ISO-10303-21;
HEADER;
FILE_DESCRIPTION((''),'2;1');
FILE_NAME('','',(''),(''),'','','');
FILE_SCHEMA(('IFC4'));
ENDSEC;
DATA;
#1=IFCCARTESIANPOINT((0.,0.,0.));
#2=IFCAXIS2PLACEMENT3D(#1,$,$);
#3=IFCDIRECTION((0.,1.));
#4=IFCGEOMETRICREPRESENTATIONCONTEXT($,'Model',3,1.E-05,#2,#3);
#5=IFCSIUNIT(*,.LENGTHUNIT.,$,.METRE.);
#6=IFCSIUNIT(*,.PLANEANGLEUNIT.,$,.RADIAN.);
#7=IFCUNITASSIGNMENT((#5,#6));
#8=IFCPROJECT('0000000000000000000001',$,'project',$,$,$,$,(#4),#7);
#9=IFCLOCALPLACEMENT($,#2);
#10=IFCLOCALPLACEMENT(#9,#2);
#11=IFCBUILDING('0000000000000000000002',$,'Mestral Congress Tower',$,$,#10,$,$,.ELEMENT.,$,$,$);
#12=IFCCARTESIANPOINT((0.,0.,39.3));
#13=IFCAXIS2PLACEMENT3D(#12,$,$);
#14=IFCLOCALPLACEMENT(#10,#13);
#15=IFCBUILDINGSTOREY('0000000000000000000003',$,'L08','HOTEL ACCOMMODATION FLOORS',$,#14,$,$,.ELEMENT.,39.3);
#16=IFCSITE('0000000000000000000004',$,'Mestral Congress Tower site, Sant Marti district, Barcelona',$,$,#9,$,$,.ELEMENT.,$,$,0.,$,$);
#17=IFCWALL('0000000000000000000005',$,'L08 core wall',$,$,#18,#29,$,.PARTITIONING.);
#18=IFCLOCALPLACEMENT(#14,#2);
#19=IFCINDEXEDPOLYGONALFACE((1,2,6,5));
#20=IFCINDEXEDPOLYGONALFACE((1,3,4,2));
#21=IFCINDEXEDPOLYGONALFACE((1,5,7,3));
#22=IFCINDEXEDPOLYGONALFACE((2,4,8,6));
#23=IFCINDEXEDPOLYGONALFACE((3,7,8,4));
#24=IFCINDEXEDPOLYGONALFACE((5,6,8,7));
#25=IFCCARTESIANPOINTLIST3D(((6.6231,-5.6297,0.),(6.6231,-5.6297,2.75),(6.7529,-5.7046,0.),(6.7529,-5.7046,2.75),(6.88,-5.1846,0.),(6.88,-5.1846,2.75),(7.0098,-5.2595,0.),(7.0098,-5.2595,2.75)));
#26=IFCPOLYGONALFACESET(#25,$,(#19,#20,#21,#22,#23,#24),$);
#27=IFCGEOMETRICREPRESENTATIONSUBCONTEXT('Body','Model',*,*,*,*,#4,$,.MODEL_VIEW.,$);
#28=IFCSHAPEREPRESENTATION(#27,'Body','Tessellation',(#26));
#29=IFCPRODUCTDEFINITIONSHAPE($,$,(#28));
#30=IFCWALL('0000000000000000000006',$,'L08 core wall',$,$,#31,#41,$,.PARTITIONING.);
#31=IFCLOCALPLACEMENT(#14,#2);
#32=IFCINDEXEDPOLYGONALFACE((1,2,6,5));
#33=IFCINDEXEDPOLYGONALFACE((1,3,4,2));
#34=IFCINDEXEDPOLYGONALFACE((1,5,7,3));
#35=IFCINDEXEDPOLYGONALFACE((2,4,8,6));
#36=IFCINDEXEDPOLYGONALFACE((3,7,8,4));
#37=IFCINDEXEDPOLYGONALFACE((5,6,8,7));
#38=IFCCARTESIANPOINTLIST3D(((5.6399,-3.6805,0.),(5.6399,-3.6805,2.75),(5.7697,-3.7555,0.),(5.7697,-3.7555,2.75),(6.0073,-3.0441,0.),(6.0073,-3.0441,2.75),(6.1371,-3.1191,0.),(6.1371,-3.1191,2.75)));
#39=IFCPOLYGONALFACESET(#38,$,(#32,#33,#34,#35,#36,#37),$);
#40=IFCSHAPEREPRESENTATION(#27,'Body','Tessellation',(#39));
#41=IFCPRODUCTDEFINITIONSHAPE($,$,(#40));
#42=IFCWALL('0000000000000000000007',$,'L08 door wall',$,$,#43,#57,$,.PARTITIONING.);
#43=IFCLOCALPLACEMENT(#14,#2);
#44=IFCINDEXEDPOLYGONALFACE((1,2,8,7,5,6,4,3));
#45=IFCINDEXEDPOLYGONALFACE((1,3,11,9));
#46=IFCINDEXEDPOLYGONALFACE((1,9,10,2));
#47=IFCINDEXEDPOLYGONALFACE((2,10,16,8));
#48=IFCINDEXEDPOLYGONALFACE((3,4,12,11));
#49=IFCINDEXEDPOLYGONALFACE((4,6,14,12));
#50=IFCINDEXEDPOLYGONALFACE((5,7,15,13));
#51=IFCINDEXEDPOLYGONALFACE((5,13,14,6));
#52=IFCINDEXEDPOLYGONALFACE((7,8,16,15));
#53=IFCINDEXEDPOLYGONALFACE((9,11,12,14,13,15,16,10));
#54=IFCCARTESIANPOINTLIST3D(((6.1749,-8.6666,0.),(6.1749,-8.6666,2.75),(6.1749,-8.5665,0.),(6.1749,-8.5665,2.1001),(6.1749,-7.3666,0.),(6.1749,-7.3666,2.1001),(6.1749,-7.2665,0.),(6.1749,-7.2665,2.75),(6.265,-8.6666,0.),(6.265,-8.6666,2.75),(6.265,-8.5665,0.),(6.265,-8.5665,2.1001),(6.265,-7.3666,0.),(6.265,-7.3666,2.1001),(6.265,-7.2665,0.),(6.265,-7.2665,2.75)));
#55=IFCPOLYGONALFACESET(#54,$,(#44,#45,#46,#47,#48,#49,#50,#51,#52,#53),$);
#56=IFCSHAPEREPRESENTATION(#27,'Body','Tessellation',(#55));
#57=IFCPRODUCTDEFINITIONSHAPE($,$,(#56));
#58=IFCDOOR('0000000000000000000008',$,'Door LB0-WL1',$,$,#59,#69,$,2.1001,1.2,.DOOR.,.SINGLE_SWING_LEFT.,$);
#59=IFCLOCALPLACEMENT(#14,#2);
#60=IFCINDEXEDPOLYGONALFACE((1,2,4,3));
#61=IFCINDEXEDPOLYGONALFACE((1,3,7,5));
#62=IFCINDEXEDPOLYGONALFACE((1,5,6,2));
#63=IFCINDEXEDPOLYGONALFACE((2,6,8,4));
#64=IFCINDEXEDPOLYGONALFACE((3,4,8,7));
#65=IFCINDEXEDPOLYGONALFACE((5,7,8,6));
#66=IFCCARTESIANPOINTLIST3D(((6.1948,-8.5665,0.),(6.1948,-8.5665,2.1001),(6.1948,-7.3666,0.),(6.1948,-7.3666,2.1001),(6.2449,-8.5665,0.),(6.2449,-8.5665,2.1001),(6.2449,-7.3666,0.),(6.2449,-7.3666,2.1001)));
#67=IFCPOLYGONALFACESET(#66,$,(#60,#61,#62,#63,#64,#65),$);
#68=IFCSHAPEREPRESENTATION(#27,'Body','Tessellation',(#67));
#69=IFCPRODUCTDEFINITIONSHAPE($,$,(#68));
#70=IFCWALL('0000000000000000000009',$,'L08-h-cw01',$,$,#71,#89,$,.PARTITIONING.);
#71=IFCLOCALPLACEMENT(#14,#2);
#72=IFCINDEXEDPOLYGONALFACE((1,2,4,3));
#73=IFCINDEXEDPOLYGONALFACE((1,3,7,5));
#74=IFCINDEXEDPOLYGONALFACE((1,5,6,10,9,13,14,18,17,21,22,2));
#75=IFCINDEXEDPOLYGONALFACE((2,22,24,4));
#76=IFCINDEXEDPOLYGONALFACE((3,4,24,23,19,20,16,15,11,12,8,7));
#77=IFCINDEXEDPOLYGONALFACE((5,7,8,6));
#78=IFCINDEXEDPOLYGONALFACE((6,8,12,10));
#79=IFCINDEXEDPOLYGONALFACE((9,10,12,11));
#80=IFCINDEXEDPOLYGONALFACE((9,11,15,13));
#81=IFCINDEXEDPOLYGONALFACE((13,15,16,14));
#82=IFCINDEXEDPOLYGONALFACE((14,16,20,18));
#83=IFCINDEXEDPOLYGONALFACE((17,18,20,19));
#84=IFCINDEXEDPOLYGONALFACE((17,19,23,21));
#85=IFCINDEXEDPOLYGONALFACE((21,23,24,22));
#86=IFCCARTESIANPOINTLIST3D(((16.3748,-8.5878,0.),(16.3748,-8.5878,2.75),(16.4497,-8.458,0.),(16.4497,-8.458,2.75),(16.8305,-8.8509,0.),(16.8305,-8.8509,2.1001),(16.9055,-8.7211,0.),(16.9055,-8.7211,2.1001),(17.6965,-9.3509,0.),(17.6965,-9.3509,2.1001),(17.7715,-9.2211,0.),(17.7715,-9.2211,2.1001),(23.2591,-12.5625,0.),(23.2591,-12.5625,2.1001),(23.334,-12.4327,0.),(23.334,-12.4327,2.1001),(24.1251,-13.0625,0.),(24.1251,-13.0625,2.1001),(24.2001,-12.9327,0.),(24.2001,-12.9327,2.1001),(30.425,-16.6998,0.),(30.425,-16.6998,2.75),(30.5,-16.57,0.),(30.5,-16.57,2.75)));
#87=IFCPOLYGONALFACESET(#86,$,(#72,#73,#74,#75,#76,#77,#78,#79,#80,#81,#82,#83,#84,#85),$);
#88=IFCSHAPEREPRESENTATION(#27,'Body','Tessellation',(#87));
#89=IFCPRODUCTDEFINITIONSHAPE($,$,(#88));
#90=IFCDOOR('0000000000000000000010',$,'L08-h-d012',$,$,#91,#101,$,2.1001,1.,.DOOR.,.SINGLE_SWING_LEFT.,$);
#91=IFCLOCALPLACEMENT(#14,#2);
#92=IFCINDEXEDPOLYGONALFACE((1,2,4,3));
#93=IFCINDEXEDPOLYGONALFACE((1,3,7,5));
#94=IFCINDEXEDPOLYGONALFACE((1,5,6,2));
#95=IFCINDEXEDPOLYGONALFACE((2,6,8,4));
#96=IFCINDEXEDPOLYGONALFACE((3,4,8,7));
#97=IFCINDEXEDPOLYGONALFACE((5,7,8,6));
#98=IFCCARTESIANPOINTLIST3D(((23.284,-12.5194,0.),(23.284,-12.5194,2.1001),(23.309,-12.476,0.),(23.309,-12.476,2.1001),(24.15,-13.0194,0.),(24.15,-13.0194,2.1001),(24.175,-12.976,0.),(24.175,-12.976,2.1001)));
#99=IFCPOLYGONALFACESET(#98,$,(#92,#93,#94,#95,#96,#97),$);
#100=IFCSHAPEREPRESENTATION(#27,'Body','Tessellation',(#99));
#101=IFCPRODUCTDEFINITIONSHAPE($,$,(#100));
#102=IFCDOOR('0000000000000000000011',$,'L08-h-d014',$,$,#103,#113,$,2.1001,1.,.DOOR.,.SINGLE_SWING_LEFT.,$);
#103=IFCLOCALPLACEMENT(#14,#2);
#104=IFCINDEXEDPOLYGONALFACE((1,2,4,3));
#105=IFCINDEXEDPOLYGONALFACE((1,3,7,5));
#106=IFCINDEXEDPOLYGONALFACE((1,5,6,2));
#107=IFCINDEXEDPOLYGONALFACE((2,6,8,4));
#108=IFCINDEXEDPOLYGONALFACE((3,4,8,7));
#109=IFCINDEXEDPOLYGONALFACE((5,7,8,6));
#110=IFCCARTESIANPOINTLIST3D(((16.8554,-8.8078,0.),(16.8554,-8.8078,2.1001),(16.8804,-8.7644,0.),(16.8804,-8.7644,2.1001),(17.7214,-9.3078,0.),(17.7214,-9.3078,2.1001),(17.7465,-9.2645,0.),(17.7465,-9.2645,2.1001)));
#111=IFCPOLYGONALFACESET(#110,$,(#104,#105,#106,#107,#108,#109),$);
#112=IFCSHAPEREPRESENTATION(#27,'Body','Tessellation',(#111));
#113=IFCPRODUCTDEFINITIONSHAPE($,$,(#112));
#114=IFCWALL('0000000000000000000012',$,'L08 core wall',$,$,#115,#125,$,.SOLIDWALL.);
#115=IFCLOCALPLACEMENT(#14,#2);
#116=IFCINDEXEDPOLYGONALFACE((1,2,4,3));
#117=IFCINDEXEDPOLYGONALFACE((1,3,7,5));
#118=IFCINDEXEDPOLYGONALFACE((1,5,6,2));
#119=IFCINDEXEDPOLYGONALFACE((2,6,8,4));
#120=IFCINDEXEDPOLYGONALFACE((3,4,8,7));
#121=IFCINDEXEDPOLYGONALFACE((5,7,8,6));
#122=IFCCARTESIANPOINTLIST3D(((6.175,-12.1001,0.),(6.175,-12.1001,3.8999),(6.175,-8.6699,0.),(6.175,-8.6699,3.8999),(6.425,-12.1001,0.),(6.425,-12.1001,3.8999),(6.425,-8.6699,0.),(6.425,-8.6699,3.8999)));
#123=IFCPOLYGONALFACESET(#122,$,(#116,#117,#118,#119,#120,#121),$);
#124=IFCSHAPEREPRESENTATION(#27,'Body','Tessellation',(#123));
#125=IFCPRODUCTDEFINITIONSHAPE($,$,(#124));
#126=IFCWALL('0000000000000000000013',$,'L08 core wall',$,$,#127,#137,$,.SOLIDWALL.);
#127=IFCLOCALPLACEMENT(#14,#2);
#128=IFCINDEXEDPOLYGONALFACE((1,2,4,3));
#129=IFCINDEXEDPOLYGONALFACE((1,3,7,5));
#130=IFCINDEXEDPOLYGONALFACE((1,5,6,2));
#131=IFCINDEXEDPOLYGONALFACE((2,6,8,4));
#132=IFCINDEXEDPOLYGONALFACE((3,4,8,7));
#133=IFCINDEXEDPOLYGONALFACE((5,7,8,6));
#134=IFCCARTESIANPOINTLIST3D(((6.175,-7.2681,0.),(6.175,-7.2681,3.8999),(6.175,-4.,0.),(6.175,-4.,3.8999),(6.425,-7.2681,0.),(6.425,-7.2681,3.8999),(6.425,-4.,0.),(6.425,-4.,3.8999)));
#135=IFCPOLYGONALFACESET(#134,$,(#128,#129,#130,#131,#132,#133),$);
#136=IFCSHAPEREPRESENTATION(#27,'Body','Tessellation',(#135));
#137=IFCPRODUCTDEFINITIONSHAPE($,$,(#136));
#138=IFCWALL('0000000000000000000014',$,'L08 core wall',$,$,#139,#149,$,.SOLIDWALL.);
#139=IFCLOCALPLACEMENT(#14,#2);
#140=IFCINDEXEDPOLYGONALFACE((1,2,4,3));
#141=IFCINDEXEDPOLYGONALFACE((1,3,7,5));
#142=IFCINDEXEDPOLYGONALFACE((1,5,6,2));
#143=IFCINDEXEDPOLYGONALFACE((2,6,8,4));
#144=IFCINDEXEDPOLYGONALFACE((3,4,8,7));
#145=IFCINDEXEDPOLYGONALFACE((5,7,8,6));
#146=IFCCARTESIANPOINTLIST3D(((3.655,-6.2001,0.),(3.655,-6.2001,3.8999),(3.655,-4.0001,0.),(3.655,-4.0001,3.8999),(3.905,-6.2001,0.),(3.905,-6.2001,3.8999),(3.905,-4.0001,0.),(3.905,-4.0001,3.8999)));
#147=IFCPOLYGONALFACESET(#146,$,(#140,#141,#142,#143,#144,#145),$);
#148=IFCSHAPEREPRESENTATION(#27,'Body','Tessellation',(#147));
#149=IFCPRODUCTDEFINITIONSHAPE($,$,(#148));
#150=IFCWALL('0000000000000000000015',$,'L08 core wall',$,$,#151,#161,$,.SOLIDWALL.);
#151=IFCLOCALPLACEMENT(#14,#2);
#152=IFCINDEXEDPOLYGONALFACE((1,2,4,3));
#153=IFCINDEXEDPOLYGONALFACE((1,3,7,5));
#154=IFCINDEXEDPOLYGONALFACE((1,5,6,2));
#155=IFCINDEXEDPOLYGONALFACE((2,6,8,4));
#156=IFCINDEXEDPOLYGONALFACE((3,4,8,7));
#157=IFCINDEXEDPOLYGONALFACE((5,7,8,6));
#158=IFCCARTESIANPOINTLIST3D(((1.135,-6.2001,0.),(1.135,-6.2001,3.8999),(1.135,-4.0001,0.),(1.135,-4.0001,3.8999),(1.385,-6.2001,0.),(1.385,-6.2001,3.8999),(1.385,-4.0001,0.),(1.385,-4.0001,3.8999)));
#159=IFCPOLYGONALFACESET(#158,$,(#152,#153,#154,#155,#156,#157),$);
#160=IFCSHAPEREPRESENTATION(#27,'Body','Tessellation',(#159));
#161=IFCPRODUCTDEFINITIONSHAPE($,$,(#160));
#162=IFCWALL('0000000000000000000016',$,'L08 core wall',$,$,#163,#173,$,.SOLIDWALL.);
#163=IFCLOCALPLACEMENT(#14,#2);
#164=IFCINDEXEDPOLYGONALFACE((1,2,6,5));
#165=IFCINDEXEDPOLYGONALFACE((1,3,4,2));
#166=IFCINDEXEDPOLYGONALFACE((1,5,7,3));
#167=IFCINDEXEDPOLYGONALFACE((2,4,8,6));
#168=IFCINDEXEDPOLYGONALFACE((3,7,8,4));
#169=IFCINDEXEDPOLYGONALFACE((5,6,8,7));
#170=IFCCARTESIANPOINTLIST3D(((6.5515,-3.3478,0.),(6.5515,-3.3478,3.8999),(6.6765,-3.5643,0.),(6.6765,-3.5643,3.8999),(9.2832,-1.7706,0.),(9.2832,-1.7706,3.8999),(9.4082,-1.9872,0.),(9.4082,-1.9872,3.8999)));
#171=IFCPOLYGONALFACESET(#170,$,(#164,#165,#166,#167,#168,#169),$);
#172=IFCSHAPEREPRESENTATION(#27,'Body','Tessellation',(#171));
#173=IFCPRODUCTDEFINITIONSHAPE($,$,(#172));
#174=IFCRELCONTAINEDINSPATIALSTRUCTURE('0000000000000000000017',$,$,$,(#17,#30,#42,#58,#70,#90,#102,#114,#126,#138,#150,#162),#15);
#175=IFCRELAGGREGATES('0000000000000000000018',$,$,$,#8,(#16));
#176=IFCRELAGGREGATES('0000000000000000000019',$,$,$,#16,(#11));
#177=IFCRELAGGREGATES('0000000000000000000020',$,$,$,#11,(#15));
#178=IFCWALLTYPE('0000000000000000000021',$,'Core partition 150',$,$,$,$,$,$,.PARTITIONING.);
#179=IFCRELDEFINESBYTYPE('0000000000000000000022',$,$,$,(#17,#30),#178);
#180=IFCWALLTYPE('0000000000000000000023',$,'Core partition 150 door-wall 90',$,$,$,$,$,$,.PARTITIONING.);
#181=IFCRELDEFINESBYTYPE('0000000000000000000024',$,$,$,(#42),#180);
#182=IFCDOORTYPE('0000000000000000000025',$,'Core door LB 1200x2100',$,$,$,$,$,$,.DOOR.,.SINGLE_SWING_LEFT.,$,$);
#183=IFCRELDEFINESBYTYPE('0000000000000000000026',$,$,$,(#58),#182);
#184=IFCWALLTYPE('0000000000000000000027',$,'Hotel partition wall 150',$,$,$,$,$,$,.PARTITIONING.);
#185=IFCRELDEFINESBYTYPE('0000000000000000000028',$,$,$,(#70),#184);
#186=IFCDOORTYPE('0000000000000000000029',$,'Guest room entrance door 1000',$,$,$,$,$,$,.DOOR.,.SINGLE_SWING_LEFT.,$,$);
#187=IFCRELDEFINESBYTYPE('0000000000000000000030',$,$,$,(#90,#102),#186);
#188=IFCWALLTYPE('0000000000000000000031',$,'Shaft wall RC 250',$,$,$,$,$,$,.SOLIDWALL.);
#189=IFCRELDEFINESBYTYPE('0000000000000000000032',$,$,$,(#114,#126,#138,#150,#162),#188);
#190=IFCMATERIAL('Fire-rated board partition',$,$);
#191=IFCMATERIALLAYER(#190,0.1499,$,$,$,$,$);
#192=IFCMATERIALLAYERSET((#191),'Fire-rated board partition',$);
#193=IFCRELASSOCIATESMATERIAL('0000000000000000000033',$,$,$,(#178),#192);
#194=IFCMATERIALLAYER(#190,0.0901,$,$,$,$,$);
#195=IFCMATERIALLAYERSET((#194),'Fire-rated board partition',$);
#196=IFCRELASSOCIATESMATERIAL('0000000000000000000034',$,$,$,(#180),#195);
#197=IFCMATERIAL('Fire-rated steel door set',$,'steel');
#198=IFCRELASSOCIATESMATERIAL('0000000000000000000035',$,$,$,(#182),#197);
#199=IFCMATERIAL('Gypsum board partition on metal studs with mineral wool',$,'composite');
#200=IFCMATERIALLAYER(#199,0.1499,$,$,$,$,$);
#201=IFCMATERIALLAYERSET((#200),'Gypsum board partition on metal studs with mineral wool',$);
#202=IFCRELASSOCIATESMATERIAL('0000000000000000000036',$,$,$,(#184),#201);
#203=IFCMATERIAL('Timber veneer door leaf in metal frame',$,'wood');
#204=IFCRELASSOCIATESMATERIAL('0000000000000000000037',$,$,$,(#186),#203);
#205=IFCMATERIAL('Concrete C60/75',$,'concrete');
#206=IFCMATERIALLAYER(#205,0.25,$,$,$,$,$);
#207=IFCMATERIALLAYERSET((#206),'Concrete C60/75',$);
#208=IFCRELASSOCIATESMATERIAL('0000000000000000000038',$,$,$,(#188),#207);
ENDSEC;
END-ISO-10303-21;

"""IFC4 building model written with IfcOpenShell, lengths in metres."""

from ifc_helpers import new_model, si_unit, direction, frame, frame_2d, origin, place, context, subcontext, project, spatial, rectangle, extrude, material, layer, layer_set, type_object, element, fill, save


model = new_model("IFC4")

# Units and contexts
model_context = context("Model", 3, precision=1e-05, world=origin(), true_north=direction((0.0, 1.0)))
body_context = subcontext(model_context, "Body", "Model", "MODEL_VIEW")
ifc_project = project(units=[si_unit("LENGTHUNIT", "METRE"), si_unit("PLANEANGLEUNIT", "RADIAN")], contexts=[model_context])

# Site, building, storey
site_placement = place(None, origin())
site = spatial("IfcSite", under=ifc_project, at=site_placement, Name="Mestral Congress Tower site, Sant Marti district, Barcelona", CompositionType="ELEMENT", RefElevation=0.0)
building_placement = place(site_placement, origin())
building = spatial("IfcBuilding", under=site, at=building_placement, Name="Mestral Congress Tower", CompositionType="ELEMENT")
storey_placement = place(building_placement, frame((0.0, 0.0, 39.3)))
storey = spatial("IfcBuildingStorey", under=building, at=storey_placement, Name="L08", Description="HOTEL ACCOMMODATION FLOORS", CompositionType="ELEMENT", Elevation=39.3)

# Walls
ifc_material_1 = material(Name="Fire-rated board partition")
ifc_layer_1 = layer(ifc_material_1, 0.1499)
ifc_layer_set_1 = layer_set([ifc_layer_1], Name="Fire-rated board partition")
wall_type_1 = type_object("IfcWallType", Name="Core partition 150", PredefinedType="PARTITIONING", material=ifc_layer_set_1)
wall_1_placement = place(storey_placement, frame((6.9448, -5.2222, 0.0), z_axis=(0.0, 0.0, 1.0), x_axis=(-0.499818, -0.86613, 0.0)))
element("IfcWall", 1, at=wall_1_placement, inside=storey, type_object=wall_type_1, Name="L08 core wall", PredefinedType="PARTITIONING", context=body_context, shape_type="SweptSolid", body=[
    extrude(rectangle(XDim=0.5139, YDim=0.1499, at=frame_2d((0.2568, 0.0))), origin(), (0.0, 0.0, 1.0), 2.75),
])
wall_2_placement = place(storey_placement, frame((5.7048, -3.718, 0.0), z_axis=(0.0, 0.0, 1.0), x_axis=(0.499962, 0.866047, 0.0)))
element("IfcWall", 2, at=wall_2_placement, inside=storey, type_object=wall_type_1, Name="L08 core wall", PredefinedType="PARTITIONING", context=body_context, shape_type="SweptSolid", body=[
    extrude(rectangle(XDim=0.7349, YDim=0.1499, at=frame_2d((0.3674, 0.0))), origin(), (0.0, 0.0, 1.0), 2.75),
])

# Wall, opening, door
ifc_layer_2 = layer(ifc_material_1, 0.0901)
ifc_layer_set_2 = layer_set([ifc_layer_2], Name="Fire-rated board partition")
wall_type_2 = type_object("IfcWallType", Name="Core partition 150 door-wall 90", PredefinedType="PARTITIONING", material=ifc_layer_set_2)
wall_3_placement = place(storey_placement, frame((6.22, -7.2664, 0.0), z_axis=(0.0, 0.0, 1.0), x_axis=(0.0, -1.0, 0.0)))
wall_3 = element("IfcWall", 3, at=wall_3_placement, inside=storey, type_object=wall_type_2, Name="L08 door wall", PredefinedType="PARTITIONING", context=body_context, shape_type="SweptSolid", body=[
    extrude(rectangle(XDim=1.4001, YDim=0.0901, at=frame_2d((0.7002, 0.0))), origin(), (0.0, 0.0, 1.0), 2.75),
])
opening_1_placement = place(wall_3_placement, frame((0.1001, 0.0, 0.0)))
opening_1 = element("IfcOpeningElement", 4, at=opening_1_placement, cuts=wall_3, PredefinedType="OPENING", context=body_context, shape_type="SweptSolid", body=[
    extrude(rectangle(XDim=1.2, YDim=2.1001, at=frame_2d((0.6001, 1.05))), frame((0.0, 0.0549, 0.0), z_axis=(0.0, -1.0, 0.0), x_axis=(1.0, 0.0, 0.0)), (0.0, 0.0, 1.0), 0.1101),
])
ifc_material_2 = material(Name="Fire-rated steel door set", Category="steel")
door_type_1 = type_object("IfcDoorType", Name="Core door LB 1200x2100", OperationType="SINGLE_SWING_LEFT", PredefinedType="DOOR", material=ifc_material_2)
door_1_placement = place(opening_1_placement, origin())
door_1 = element("IfcDoor", 5, at=door_1_placement, inside=storey, type_object=door_type_1, Name="Door LB0-WL1", OperationType="SINGLE_SWING_LEFT", OverallHeight=2.1001, OverallWidth=1.2, PredefinedType="DOOR", context=body_context, shape_type="SweptSolid", body=[
    extrude(rectangle(XDim=1.2, YDim=2.1001, at=frame_2d((0.6001, 1.05))), frame((0.0, 0.0249, 0.0), z_axis=(0.0, -1.0, 0.0), x_axis=(1.0, 0.0, 0.0)), (0.0, 0.0, 1.0), 0.05),
])
fill(opening_1, door_1)

# Wall, openings, doors
ifc_material_3 = material(Name="Gypsum board partition on metal studs with mineral wool", Category="composite")
ifc_layer_3 = layer(ifc_material_3, 0.1499)
ifc_layer_set_3 = layer_set([ifc_layer_3], Name="Gypsum board partition on metal studs with mineral wool")
wall_type_3 = type_object("IfcWallType", Name="Hotel partition wall 150", PredefinedType="PARTITIONING", material=ifc_layer_set_3)
wall_4_placement = place(storey_placement, frame((16.4124, -8.5229, 0.0), z_axis=(0.0, 0.0, 1.0), x_axis=(0.866022, -0.500006, 0.0)))
wall_4 = element("IfcWall", 6, at=wall_4_placement, inside=storey, type_object=wall_type_3, Name="L08-h-cw01", PredefinedType="PARTITIONING", context=body_context, shape_type="SweptSolid", body=[
    extrude(rectangle(XDim=16.2239, YDim=0.1499, at=frame_2d((8.1118, 0.0))), origin(), (0.0, 0.0, 1.0), 2.75),
])
opening_2_placement = place(wall_4_placement, frame((7.9492, 0.0, 0.0)))
opening_2 = element("IfcOpeningElement", 7, at=opening_2_placement, cuts=wall_4, PredefinedType="OPENING", context=body_context, shape_type="SweptSolid", body=[
    extrude(rectangle(XDim=1.0, YDim=2.1001, at=frame_2d((0.5, 1.05))), frame((0.0, 0.085, 0.0), z_axis=(0.0, -1.0, 0.0), x_axis=(1.0, 0.0, 0.0)), (0.0, 0.0, 1.0), 0.1699),
])
opening_3_placement = place(wall_4_placement, frame((0.5261, 0.0, 0.0)))
opening_3 = element("IfcOpeningElement", 8, at=opening_3_placement, cuts=wall_4, PredefinedType="OPENING", context=body_context, shape_type="SweptSolid", body=[
    extrude(rectangle(XDim=1.0, YDim=2.1001, at=frame_2d((0.5, 1.05))), frame((0.0, 0.085, 0.0), z_axis=(0.0, -1.0, 0.0), x_axis=(1.0, 0.0, 0.0)), (0.0, 0.0, 1.0), 0.1699),
])
ifc_material_4 = material(Name="Timber veneer door leaf in metal frame", Category="wood")
door_type_2 = type_object("IfcDoorType", Name="Guest room entrance door 1000", OperationType="SINGLE_SWING_LEFT", PredefinedType="DOOR", material=ifc_material_4)
door_2_placement = place(opening_2_placement, origin())
door_2 = element("IfcDoor", 9, at=door_2_placement, inside=storey, type_object=door_type_2, Name="L08-h-d012", OperationType="SINGLE_SWING_LEFT", OverallHeight=2.1001, OverallWidth=1.0, PredefinedType="DOOR", context=body_context, shape_type="SweptSolid", body=[
    extrude(rectangle(XDim=1.0, YDim=2.1001, at=frame_2d((0.5, 1.05))), frame((0.0, 0.0249, 0.0), z_axis=(0.0, -1.0, 0.0), x_axis=(1.0, 0.0, 0.0)), (0.0, 0.0, 1.0), 0.05),
])
fill(opening_2, door_2)
door_3_placement = place(opening_3_placement, origin())
door_3 = element("IfcDoor", 10, at=door_3_placement, inside=storey, type_object=door_type_2, Name="L08-h-d014", OperationType="SINGLE_SWING_LEFT", OverallHeight=2.1001, OverallWidth=1.0, PredefinedType="DOOR", context=body_context, shape_type="SweptSolid", body=[
    extrude(rectangle(XDim=1.0, YDim=2.1001, at=frame_2d((0.5, 1.05))), frame((0.0, 0.0249, 0.0), z_axis=(0.0, -1.0, 0.0), x_axis=(1.0, 0.0, 0.0)), (0.0, 0.0, 1.0), 0.05),
])
fill(opening_3, door_3)

# Walls
ifc_material_5 = material(Name="Concrete C60/75", Category="concrete")
ifc_layer_4 = layer(ifc_material_5, 0.25)
ifc_layer_set_4 = layer_set([ifc_layer_4], Name="Concrete C60/75")
wall_type_4 = type_object("IfcWallType", Name="Shaft wall RC 250", PredefinedType="SOLIDWALL", material=ifc_layer_set_4)
wall_5_placement = place(storey_placement, frame((6.3, -8.6699, 0.0), z_axis=(0.0, 0.0, 1.0), x_axis=(0.0, -1.0, 0.0)))
element("IfcWall", 11, at=wall_5_placement, inside=storey, type_object=wall_type_4, Name="L08 core wall", PredefinedType="SOLIDWALL", context=body_context, shape_type="SweptSolid", body=[
    extrude(rectangle(XDim=3.4302, YDim=0.25, at=frame_2d((1.7151, 0.0))), origin(), (0.0, 0.0, 1.0), 3.8999),
])
wall_6_placement = place(storey_placement, frame((6.3, -7.2681, 0.0), z_axis=(0.0, 0.0, 1.0), x_axis=(0.0, 1.0, 0.0)))
element("IfcWall", 12, at=wall_6_placement, inside=storey, type_object=wall_type_4, Name="L08 core wall", PredefinedType="SOLIDWALL", context=body_context, shape_type="SweptSolid", body=[
    extrude(rectangle(XDim=3.2681, YDim=0.25, at=frame_2d((1.634, 0.0))), origin(), (0.0, 0.0, 1.0), 3.8999),
])
for number, where, z_axis, x_axis, name in (
    (13, (3.78, -4.0, 0.0), (0.0, 0.0, 1.0), (0.0, -1.0, 0.0), "L08 core wall"),
    (14, (1.26, -4.0, 0.0), (0.0, 0.0, 1.0), (0.0, -1.0, 0.0), "L08 core wall"),
):
    element("IfcWall", number, at=place(storey_placement, frame(where, z_axis=z_axis, x_axis=x_axis)), inside=storey, type_object=wall_type_4, Name=name, PredefinedType="SOLIDWALL", context=body_context, shape_type="SweptSolid", body=[
        extrude(rectangle(XDim=2.2, YDim=0.25, at=frame_2d((1.1001, 0.0))), origin(), (0.0, 0.0, 1.0), 3.8999),
    ])
wall_7_placement = place(storey_placement, frame((6.614, -3.4561, 0.0), z_axis=(0.0, 0.0, 1.0), x_axis=(0.866024, 0.500002, 0.0)))
element("IfcWall", 15, at=wall_7_placement, inside=storey, type_object=wall_type_4, Name="L08 core wall", PredefinedType="SOLIDWALL", context=body_context, shape_type="SweptSolid", body=[
    extrude(rectangle(XDim=3.1543, YDim=0.25, at=frame_2d((1.5771, 0.0))), origin(), (0.0, 0.0, 1.0), 3.8999),
])

save(model, "model.ifc")
